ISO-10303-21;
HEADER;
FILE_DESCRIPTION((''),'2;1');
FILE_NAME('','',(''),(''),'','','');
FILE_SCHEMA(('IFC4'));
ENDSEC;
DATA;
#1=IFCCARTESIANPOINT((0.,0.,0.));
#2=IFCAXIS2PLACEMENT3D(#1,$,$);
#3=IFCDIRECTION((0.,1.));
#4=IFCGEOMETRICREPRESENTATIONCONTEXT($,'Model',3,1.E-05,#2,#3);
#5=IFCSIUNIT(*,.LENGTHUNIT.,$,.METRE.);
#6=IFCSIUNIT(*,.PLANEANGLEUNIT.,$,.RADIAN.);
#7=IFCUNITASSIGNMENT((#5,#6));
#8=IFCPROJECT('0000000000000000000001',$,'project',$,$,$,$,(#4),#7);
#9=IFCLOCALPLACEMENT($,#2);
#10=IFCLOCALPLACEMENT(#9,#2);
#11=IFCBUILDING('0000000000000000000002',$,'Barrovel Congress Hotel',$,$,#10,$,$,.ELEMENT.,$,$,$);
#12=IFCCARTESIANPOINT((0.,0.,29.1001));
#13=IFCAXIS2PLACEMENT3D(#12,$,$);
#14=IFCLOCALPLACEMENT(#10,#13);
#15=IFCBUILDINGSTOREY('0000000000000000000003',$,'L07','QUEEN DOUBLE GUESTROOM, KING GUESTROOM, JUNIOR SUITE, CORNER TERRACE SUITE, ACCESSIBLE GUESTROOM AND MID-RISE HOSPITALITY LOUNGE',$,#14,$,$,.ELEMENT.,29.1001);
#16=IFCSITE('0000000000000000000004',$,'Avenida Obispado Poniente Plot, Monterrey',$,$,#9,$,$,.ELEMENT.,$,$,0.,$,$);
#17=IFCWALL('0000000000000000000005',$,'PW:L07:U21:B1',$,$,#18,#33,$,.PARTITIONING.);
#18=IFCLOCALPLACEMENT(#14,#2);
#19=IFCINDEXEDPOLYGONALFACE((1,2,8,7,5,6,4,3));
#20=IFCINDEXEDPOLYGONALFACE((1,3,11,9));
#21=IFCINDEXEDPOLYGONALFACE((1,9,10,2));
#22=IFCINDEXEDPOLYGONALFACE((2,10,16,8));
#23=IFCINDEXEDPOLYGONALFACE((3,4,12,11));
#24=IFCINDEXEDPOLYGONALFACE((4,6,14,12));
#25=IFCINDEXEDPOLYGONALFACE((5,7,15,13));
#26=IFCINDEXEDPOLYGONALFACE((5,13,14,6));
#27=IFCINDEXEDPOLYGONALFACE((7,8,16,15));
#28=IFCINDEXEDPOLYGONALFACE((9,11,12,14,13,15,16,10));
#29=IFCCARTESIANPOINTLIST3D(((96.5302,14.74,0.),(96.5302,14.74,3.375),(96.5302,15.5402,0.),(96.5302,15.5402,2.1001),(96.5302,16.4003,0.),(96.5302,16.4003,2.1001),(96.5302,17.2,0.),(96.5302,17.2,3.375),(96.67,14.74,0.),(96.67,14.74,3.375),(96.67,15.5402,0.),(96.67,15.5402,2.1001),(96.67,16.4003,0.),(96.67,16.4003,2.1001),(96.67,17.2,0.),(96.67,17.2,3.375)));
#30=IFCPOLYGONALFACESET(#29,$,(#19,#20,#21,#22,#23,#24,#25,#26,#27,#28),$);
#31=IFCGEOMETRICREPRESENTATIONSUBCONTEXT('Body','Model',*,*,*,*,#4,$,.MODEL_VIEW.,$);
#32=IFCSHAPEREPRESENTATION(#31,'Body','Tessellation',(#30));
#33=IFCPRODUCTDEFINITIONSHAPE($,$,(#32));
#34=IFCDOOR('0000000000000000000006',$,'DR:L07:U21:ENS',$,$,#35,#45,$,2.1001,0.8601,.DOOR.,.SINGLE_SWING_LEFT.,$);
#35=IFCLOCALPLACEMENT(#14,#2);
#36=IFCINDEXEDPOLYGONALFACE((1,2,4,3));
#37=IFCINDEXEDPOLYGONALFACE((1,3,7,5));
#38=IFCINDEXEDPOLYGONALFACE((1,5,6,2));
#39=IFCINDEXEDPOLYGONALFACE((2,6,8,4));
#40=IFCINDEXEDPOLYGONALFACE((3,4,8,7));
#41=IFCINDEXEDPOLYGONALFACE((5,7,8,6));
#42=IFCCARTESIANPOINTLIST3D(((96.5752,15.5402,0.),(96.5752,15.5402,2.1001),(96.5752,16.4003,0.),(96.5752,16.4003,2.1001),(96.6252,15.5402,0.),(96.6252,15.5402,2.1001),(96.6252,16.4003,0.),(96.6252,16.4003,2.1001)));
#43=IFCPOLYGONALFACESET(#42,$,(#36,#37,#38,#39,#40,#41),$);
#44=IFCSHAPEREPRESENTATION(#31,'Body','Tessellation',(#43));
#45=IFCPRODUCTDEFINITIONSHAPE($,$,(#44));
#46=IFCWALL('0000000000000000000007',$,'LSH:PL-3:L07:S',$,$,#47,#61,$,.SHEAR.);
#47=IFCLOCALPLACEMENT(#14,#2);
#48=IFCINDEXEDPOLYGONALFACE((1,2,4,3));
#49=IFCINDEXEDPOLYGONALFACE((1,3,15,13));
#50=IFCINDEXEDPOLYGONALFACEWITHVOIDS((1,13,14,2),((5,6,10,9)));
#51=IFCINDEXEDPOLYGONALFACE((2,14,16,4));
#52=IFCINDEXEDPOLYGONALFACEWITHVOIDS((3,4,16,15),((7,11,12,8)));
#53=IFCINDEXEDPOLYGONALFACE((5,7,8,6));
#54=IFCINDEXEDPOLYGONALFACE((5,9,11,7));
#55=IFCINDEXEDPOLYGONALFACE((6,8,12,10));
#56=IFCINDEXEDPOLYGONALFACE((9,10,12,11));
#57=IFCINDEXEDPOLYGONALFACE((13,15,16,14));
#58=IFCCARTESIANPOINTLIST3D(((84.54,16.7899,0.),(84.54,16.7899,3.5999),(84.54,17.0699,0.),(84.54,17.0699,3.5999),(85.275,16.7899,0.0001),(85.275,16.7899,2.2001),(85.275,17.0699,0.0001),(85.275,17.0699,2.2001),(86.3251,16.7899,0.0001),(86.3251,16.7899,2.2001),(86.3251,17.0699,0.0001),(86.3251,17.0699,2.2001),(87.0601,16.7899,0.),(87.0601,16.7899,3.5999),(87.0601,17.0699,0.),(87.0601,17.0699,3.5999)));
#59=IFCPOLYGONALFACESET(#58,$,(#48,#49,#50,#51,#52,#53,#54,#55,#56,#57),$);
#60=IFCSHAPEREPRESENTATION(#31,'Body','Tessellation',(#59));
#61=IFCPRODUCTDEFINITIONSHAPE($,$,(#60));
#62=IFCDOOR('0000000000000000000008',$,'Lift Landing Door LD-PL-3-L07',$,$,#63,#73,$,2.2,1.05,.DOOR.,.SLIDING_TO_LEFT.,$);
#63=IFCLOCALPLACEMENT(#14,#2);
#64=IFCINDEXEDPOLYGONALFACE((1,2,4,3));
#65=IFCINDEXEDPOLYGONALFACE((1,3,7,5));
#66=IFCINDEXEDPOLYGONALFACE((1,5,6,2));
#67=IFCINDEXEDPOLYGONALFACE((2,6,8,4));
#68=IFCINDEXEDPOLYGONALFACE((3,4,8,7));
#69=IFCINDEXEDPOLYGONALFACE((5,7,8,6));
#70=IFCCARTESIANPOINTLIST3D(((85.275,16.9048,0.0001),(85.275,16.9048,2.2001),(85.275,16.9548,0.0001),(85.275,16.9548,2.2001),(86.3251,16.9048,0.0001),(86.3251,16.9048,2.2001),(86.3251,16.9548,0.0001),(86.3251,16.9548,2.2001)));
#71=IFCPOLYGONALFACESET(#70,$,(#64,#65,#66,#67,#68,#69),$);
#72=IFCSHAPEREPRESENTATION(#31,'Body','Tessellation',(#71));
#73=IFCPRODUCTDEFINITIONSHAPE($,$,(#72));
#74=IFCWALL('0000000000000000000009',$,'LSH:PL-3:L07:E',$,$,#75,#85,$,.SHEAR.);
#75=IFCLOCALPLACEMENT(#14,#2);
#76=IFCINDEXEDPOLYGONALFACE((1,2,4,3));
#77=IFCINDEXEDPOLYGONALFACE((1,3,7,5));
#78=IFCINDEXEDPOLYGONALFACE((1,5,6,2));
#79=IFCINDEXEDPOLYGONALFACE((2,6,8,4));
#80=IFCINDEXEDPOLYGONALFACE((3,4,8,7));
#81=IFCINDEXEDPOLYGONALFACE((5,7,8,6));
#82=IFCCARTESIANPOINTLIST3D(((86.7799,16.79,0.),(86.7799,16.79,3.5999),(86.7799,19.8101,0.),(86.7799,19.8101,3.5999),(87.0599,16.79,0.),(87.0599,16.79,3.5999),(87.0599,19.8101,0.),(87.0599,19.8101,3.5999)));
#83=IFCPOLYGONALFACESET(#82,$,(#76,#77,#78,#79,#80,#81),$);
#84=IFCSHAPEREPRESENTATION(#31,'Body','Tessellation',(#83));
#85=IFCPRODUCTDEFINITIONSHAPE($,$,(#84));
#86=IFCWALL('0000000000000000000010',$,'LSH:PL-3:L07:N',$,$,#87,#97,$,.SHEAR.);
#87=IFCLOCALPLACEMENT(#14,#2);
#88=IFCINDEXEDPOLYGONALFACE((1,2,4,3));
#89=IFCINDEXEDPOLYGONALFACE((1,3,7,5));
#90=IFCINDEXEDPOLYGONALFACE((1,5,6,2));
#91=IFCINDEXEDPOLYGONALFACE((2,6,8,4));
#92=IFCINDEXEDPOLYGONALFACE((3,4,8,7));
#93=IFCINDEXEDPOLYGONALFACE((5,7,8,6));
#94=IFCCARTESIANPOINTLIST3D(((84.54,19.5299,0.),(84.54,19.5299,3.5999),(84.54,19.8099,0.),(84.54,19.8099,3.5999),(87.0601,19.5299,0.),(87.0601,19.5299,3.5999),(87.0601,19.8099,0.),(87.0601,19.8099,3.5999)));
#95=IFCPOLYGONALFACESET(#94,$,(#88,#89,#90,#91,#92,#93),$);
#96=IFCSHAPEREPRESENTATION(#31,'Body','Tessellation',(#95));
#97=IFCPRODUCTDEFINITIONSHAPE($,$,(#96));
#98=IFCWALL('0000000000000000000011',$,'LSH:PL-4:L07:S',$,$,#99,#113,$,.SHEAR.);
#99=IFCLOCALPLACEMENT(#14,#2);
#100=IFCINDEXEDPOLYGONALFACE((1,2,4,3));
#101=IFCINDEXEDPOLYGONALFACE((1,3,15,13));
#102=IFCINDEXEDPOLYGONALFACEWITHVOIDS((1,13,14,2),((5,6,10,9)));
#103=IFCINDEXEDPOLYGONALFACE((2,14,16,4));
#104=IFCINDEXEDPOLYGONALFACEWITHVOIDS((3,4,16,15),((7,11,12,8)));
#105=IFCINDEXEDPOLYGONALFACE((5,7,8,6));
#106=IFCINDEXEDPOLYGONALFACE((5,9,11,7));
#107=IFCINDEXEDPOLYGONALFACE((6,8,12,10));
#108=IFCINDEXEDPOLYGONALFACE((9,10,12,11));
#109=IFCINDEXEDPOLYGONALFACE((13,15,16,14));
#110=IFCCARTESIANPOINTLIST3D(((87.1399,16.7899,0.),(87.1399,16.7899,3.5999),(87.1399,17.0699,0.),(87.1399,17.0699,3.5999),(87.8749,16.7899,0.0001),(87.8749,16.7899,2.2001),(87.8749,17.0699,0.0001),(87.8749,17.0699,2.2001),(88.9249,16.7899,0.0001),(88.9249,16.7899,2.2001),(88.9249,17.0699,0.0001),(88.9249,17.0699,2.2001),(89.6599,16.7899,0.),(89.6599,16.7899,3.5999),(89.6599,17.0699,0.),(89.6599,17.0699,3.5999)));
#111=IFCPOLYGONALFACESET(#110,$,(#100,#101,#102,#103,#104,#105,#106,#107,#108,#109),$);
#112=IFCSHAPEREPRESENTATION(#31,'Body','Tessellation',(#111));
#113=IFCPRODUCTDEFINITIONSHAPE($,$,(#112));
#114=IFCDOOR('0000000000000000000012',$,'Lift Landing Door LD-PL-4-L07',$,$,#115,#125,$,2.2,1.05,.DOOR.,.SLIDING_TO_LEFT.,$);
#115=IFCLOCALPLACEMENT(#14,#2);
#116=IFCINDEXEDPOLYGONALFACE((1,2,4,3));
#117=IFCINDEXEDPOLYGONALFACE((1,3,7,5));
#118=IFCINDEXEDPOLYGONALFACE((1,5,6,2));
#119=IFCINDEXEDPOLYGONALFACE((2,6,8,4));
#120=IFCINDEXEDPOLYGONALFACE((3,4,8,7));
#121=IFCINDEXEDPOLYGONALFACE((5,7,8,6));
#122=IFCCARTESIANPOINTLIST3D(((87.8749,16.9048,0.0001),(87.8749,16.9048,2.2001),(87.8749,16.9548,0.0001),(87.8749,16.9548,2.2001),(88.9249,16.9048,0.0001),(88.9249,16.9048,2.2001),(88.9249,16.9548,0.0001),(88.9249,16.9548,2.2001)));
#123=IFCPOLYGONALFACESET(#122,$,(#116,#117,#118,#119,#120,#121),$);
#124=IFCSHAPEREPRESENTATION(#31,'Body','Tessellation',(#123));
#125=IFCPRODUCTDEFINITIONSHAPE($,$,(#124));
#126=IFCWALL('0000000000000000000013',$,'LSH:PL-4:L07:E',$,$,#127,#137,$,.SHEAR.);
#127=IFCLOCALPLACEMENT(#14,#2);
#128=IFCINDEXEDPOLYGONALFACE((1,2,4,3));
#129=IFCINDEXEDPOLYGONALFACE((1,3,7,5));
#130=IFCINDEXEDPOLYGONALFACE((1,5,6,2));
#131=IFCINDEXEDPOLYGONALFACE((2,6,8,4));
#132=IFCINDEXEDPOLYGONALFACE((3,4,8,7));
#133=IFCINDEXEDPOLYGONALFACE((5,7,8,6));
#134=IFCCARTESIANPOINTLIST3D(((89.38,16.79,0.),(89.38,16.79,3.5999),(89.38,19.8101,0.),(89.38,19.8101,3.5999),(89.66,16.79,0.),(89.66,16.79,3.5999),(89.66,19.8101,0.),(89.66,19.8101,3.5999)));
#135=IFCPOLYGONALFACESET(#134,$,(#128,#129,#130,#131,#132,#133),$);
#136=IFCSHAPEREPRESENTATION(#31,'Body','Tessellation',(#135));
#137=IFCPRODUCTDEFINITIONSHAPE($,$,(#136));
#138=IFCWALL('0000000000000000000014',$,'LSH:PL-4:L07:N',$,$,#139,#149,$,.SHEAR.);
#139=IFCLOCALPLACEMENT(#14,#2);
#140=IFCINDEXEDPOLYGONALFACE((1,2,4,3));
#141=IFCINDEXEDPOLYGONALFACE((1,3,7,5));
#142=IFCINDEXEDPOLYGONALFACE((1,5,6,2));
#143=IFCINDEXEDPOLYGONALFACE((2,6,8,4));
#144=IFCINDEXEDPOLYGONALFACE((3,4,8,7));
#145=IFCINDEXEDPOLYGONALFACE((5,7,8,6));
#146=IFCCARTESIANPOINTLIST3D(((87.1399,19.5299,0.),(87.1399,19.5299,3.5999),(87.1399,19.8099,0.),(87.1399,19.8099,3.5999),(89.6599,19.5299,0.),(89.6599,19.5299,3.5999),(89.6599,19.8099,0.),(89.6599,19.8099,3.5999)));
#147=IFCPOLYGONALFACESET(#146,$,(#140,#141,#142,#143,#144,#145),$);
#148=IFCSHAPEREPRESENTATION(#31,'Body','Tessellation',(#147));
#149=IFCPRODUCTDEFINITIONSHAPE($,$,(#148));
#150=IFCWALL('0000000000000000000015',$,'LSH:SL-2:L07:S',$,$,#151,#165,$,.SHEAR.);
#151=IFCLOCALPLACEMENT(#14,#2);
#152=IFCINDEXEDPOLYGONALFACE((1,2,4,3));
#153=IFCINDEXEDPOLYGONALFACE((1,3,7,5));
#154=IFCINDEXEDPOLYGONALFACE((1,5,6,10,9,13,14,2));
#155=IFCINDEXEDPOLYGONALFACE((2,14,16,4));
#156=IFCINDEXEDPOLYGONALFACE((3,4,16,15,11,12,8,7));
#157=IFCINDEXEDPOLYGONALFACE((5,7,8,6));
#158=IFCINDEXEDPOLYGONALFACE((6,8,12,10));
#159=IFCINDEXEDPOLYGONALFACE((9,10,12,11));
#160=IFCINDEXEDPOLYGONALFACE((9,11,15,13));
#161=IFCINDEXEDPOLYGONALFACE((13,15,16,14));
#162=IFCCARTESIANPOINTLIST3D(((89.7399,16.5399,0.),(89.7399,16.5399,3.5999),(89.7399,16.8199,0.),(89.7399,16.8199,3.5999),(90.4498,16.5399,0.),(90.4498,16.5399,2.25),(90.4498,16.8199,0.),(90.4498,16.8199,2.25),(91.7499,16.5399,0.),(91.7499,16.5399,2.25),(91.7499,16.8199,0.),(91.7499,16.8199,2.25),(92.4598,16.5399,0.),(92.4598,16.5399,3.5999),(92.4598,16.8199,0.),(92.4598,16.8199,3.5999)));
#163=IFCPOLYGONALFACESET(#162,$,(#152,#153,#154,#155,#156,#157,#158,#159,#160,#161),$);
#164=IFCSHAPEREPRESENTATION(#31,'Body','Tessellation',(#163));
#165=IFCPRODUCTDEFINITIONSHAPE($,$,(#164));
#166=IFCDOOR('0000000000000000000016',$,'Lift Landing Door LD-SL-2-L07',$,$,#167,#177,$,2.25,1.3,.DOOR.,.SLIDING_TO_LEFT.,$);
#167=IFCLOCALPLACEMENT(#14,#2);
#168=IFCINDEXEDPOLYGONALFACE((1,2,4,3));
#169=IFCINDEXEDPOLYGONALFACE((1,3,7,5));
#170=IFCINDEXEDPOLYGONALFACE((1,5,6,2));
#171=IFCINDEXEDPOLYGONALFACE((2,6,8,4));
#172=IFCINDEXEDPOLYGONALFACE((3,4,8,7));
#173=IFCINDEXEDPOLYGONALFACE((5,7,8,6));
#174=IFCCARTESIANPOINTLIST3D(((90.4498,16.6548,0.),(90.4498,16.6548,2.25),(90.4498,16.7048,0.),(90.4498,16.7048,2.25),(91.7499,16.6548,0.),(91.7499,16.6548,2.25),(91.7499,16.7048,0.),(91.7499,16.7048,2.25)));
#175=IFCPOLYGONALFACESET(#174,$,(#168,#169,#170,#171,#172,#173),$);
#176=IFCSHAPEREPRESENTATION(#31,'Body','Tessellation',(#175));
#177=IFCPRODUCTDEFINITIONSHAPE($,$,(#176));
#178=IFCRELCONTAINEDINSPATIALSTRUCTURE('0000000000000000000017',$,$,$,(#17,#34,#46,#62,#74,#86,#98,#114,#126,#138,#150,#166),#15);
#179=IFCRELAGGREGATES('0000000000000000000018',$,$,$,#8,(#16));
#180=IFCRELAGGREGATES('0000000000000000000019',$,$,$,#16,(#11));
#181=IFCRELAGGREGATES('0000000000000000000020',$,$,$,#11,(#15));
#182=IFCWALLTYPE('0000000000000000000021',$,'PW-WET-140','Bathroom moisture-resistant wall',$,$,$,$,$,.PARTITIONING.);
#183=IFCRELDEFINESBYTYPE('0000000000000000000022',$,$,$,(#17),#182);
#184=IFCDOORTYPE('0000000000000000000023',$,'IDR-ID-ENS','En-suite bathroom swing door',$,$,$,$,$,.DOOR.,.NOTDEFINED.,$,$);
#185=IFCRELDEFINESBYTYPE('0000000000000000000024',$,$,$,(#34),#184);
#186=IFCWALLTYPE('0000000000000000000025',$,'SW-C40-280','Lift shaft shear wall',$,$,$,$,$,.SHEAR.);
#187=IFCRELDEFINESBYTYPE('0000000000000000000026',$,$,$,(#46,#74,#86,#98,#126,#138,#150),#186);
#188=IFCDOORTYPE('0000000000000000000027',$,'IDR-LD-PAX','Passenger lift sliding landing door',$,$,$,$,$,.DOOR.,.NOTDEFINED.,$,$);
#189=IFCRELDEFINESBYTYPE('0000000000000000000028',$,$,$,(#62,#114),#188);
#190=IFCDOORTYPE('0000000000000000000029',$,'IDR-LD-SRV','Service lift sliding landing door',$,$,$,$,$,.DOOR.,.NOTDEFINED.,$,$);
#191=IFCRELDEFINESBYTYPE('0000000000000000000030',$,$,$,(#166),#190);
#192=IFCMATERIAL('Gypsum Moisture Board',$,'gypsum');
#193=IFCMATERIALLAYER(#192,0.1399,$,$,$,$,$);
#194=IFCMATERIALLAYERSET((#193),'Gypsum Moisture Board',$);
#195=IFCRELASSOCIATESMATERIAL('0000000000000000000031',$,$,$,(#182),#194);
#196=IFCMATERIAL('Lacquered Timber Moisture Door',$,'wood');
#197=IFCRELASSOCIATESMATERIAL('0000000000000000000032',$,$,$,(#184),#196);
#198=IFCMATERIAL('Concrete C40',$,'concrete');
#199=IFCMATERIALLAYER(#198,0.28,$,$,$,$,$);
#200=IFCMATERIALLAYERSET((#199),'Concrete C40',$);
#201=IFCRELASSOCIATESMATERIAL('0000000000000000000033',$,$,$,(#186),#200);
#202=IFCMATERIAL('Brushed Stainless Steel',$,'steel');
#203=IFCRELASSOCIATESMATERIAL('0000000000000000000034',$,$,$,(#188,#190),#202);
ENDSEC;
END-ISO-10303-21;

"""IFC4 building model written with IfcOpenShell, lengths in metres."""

from ifc_helpers import new_model, si_unit, direction, frame, frame_2d, origin, place, context, subcontext, project, spatial, rectangle, extrude, material, layer, layer_set, type_object, element, fill, save


model = new_model("IFC4")

# Units and contexts
model_context = context("Model", 3, precision=1e-05, world=origin(), true_north=direction((0.0, 1.0)))
body_context = subcontext(model_context, "Body", "Model", "MODEL_VIEW")
ifc_project = project(units=[si_unit("LENGTHUNIT", "METRE"), si_unit("PLANEANGLEUNIT", "RADIAN")], contexts=[model_context])

# Site, building, storey
site_placement = place(None, origin())
site = spatial("IfcSite", under=ifc_project, at=site_placement, Name="Avenida Obispado Poniente Plot, Monterrey", CompositionType="ELEMENT", RefElevation=0.0)
building_placement = place(site_placement, origin())
building = spatial("IfcBuilding", under=site, at=building_placement, Name="Barrovel Congress Hotel", CompositionType="ELEMENT")
storey_placement = place(building_placement, frame((0.0, 0.0, 29.1001)))
storey = spatial("IfcBuildingStorey", under=building, at=storey_placement, Name="L07", Description="QUEEN DOUBLE GUESTROOM, KING GUESTROOM, JUNIOR SUITE, CORNER TERRACE SUITE, ACCESSIBLE GUESTROOM AND MID-RISE HOSPITALITY LOUNGE", CompositionType="ELEMENT", Elevation=29.1001)

# Shared definitions
ifc_material_1 = material(Name="Concrete C40", Category="concrete")

# Walls, openings, doors
ifc_material_2 = material(Name="Gypsum Moisture Board", Category="gypsum")
ifc_layer_1 = layer(ifc_material_2, 0.1399)
ifc_layer_set_1 = layer_set([ifc_layer_1], Name="Gypsum Moisture Board")
wall_type_1 = type_object("IfcWallType", Name="PW-WET-140", Description="Bathroom moisture-resistant wall", PredefinedType="PARTITIONING", material=ifc_layer_set_1)
wall_1_placement = place(storey_placement, frame((96.6001, 14.74, 0.0), z_axis=(0.0, 0.0, 1.0), x_axis=(0.0, 1.0, 0.0)))
wall_1 = element("IfcWall", 1, at=wall_1_placement, inside=storey, type_object=wall_type_1, Name="PW:L07:U21:B1", PredefinedType="PARTITIONING", context=body_context, shape_type="SweptSolid", body=[
    extrude(rectangle(XDim=2.46, YDim=0.1399, at=frame_2d((1.23, 0.0))), origin(), (0.0, 0.0, 1.0), 3.375),
])
opening_1_placement = place(wall_1_placement, frame((0.8, 0.0, 0.0)))
opening_1 = element("IfcOpeningElement", 2, at=opening_1_placement, cuts=wall_1, PredefinedType="OPENING", context=body_context, shape_type="SweptSolid", body=[
    extrude(rectangle(XDim=0.8601, YDim=2.1001, at=frame_2d((0.4302, 1.05))), frame((0.0, 0.0801, 0.0), z_axis=(0.0, -1.0, 0.0), x_axis=(1.0, 0.0, 0.0)), (0.0, 0.0, 1.0), 0.1599),
])
ifc_material_3 = material(Name="Lacquered Timber Moisture Door", Category="wood")
door_type_1 = type_object("IfcDoorType", Name="IDR-ID-ENS", Description="En-suite bathroom swing door", OperationType="NOTDEFINED", PredefinedType="DOOR", material=ifc_material_3)
door_1_placement = place(opening_1_placement, origin())
door_1 = element("IfcDoor", 3, at=door_1_placement, inside=storey, type_object=door_type_1, Name="DR:L07:U21:ENS", OperationType="SINGLE_SWING_LEFT", OverallHeight=2.1001, OverallWidth=0.8601, PredefinedType="DOOR", context=body_context, shape_type="SweptSolid", body=[
    extrude(rectangle(XDim=0.8601, YDim=2.1001, at=frame_2d((0.4302, 1.05))), frame((0.0, 0.0249, 0.0), z_axis=(0.0, -1.0, 0.0), x_axis=(1.0, 0.0, 0.0)), (0.0, 0.0, 1.0), 0.05),
])
fill(opening_1, door_1)
ifc_layer_2 = layer(ifc_material_1, 0.28)
ifc_layer_set_2 = layer_set([ifc_layer_2], Name="Concrete C40")
wall_type_2 = type_object("IfcWallType", Name="SW-C40-280", Description="Lift shaft shear wall", PredefinedType="SHEAR", material=ifc_layer_set_2)
wall_2_placement = place(storey_placement, frame((84.54, 16.9299, 0.0), z_axis=(0.0, 0.0, 1.0), x_axis=(1.0, 0.0, 0.0)))
wall_2 = element("IfcWall", 4, at=wall_2_placement, inside=storey, type_object=wall_type_2, Name="LSH:PL-3:L07:S", PredefinedType="SHEAR", context=body_context, shape_type="SweptSolid", body=[
    extrude(rectangle(XDim=2.52, YDim=0.28, at=frame_2d((1.26, 0.0))), origin(), (0.0, 0.0, 1.0), 3.5999),
])
opening_2_placement = place(wall_2_placement, frame((0.7351, 0.0, 0.0)))
opening_2 = element("IfcOpeningElement", 5, at=opening_2_placement, cuts=wall_2, PredefinedType="OPENING", context=body_context, shape_type="SweptSolid", body=[
    extrude(rectangle(XDim=1.05, YDim=2.2, at=frame_2d((0.5249, 1.1001))), frame((0.0, 0.1499, 0.0), z_axis=(0.0, -1.0, 0.0), x_axis=(1.0, 0.0, 0.0)), (0.0, 0.0, 1.0), 0.3),
])
ifc_material_4 = material(Name="Brushed Stainless Steel", Category="steel")
door_type_2 = type_object("IfcDoorType", Name="IDR-LD-PAX", Description="Passenger lift sliding landing door", OperationType="NOTDEFINED", PredefinedType="DOOR", material=ifc_material_4)
door_2_placement = place(opening_2_placement, origin())
door_2 = element("IfcDoor", 6, at=door_2_placement, inside=storey, type_object=door_type_2, Name="Lift Landing Door LD-PL-3-L07", OperationType="SLIDING_TO_LEFT", OverallHeight=2.2, OverallWidth=1.05, PredefinedType="DOOR", context=body_context, shape_type="SweptSolid", body=[
    extrude(rectangle(XDim=1.05, YDim=2.2, at=frame_2d((0.5249, 1.1001))), frame((0.0, 0.0249, 0.0), z_axis=(0.0, -1.0, 0.0), x_axis=(1.0, 0.0, 0.0)), (0.0, 0.0, 1.0), 0.05),
])
fill(opening_2, door_2)

# Walls
wall_3_placement = place(storey_placement, frame((86.9199, 16.79, 0.0), z_axis=(0.0, 0.0, 1.0), x_axis=(0.0, 1.0, 0.0)))
element("IfcWall", 7, at=wall_3_placement, inside=storey, type_object=wall_type_2, Name="LSH:PL-3:L07:E", PredefinedType="SHEAR", context=body_context, shape_type="SweptSolid", body=[
    extrude(rectangle(XDim=3.02, YDim=0.28, at=frame_2d((1.51, 0.0))), origin(), (0.0, 0.0, 1.0), 3.5999),
])
wall_4_placement = place(storey_placement, frame((87.0601, 19.6699, 0.0), z_axis=(0.0, 0.0, 1.0), x_axis=(-1.0, 0.0, 0.0)))
element("IfcWall", 8, at=wall_4_placement, inside=storey, type_object=wall_type_2, Name="LSH:PL-3:L07:N", PredefinedType="SHEAR", context=body_context, shape_type="SweptSolid", body=[
    extrude(rectangle(XDim=2.52, YDim=0.28, at=frame_2d((1.26, 0.0))), origin(), (0.0, 0.0, 1.0), 3.5999),
])

# Wall, opening, door
wall_5_placement = place(storey_placement, frame((87.1399, 16.9299, 0.0), z_axis=(0.0, 0.0, 1.0), x_axis=(1.0, 0.0, 0.0)))
wall_5 = element("IfcWall", 9, at=wall_5_placement, inside=storey, type_object=wall_type_2, Name="LSH:PL-4:L07:S", PredefinedType="SHEAR", context=body_context, shape_type="SweptSolid", body=[
    extrude(rectangle(XDim=2.52, YDim=0.28, at=frame_2d((1.26, 0.0))), origin(), (0.0, 0.0, 1.0), 3.5999),
])
opening_3_placement = place(wall_5_placement, frame((0.7351, 0.0, 0.0)))
opening_3 = element("IfcOpeningElement", 10, at=opening_3_placement, cuts=wall_5, PredefinedType="OPENING", context=body_context, shape_type="SweptSolid", body=[
    extrude(rectangle(XDim=1.05, YDim=2.2, at=frame_2d((0.5249, 1.1001))), frame((0.0, 0.1499, 0.0), z_axis=(0.0, -1.0, 0.0), x_axis=(1.0, 0.0, 0.0)), (0.0, 0.0, 1.0), 0.3),
])
door_3_placement = place(opening_3_placement, origin())
door_3 = element("IfcDoor", 11, at=door_3_placement, inside=storey, type_object=door_type_2, Name="Lift Landing Door LD-PL-4-L07", OperationType="SLIDING_TO_LEFT", OverallHeight=2.2, OverallWidth=1.05, PredefinedType="DOOR", context=body_context, shape_type="SweptSolid", body=[
    extrude(rectangle(XDim=1.05, YDim=2.2, at=frame_2d((0.5249, 1.1001))), frame((0.0, 0.0249, 0.0), z_axis=(0.0, -1.0, 0.0), x_axis=(1.0, 0.0, 0.0)), (0.0, 0.0, 1.0), 0.05),
])
fill(opening_3, door_3)

# Walls
wall_6_placement = place(storey_placement, frame((89.52, 16.79, 0.0), z_axis=(0.0, 0.0, 1.0), x_axis=(0.0, 1.0, 0.0)))
element("IfcWall", 12, at=wall_6_placement, inside=storey, type_object=wall_type_2, Name="LSH:PL-4:L07:E", PredefinedType="SHEAR", context=body_context, shape_type="SweptSolid", body=[
    extrude(rectangle(XDim=3.02, YDim=0.28, at=frame_2d((1.51, 0.0))), origin(), (0.0, 0.0, 1.0), 3.5999),
])
wall_7_placement = place(storey_placement, frame((89.6599, 19.6699, 0.0), z_axis=(0.0, 0.0, 1.0), x_axis=(-1.0, 0.0, 0.0)))
element("IfcWall", 13, at=wall_7_placement, inside=storey, type_object=wall_type_2, Name="LSH:PL-4:L07:N", PredefinedType="SHEAR", context=body_context, shape_type="SweptSolid", body=[
    extrude(rectangle(XDim=2.52, YDim=0.28, at=frame_2d((1.26, 0.0))), origin(), (0.0, 0.0, 1.0), 3.5999),
])

# Wall, opening, door
wall_8_placement = place(storey_placement, frame((89.74, 16.6799, 0.0), z_axis=(0.0, 0.0, 1.0), x_axis=(1.0, 0.0, 0.0)))
wall_8 = element("IfcWall", 14, at=wall_8_placement, inside=storey, type_object=wall_type_2, Name="LSH:SL-2:L07:S", PredefinedType="SHEAR", context=body_context, shape_type="SweptSolid", body=[
    extrude(rectangle(XDim=2.72, YDim=0.28, at=frame_2d((1.3599, 0.0))), origin(), (0.0, 0.0, 1.0), 3.5999),
])
opening_4_placement = place(wall_8_placement, frame((0.71, 0.0, 0.0)))
opening_4 = element("IfcOpeningElement", 15, at=opening_4_placement, cuts=wall_8, PredefinedType="OPENING", context=body_context, shape_type="SweptSolid", body=[
    extrude(rectangle(XDim=1.3, YDim=2.25, at=frame_2d((0.6499, 1.125))), frame((0.0, 0.1499, 0.0), z_axis=(0.0, -1.0, 0.0), x_axis=(1.0, 0.0, 0.0)), (0.0, 0.0, 1.0), 0.3),
])
door_type_3 = type_object("IfcDoorType", Name="IDR-LD-SRV", Description="Service lift sliding landing door", OperationType="NOTDEFINED", PredefinedType="DOOR", material=ifc_material_4)
door_4_placement = place(opening_4_placement, origin())
door_4 = element("IfcDoor", 16, at=door_4_placement, inside=storey, type_object=door_type_3, Name="Lift Landing Door LD-SL-2-L07", OperationType="SLIDING_TO_LEFT", OverallHeight=2.25, OverallWidth=1.3, PredefinedType="DOOR", context=body_context, shape_type="SweptSolid", body=[
    extrude(rectangle(XDim=1.3, YDim=2.25, at=frame_2d((0.6499, 1.125))), frame((0.0, 0.0249, 0.0), z_axis=(0.0, -1.0, 0.0), x_axis=(1.0, 0.0, 0.0)), (0.0, 0.0, 1.0), 0.05),
])
fill(opening_4, door_4)

save(model, "model.ifc")
